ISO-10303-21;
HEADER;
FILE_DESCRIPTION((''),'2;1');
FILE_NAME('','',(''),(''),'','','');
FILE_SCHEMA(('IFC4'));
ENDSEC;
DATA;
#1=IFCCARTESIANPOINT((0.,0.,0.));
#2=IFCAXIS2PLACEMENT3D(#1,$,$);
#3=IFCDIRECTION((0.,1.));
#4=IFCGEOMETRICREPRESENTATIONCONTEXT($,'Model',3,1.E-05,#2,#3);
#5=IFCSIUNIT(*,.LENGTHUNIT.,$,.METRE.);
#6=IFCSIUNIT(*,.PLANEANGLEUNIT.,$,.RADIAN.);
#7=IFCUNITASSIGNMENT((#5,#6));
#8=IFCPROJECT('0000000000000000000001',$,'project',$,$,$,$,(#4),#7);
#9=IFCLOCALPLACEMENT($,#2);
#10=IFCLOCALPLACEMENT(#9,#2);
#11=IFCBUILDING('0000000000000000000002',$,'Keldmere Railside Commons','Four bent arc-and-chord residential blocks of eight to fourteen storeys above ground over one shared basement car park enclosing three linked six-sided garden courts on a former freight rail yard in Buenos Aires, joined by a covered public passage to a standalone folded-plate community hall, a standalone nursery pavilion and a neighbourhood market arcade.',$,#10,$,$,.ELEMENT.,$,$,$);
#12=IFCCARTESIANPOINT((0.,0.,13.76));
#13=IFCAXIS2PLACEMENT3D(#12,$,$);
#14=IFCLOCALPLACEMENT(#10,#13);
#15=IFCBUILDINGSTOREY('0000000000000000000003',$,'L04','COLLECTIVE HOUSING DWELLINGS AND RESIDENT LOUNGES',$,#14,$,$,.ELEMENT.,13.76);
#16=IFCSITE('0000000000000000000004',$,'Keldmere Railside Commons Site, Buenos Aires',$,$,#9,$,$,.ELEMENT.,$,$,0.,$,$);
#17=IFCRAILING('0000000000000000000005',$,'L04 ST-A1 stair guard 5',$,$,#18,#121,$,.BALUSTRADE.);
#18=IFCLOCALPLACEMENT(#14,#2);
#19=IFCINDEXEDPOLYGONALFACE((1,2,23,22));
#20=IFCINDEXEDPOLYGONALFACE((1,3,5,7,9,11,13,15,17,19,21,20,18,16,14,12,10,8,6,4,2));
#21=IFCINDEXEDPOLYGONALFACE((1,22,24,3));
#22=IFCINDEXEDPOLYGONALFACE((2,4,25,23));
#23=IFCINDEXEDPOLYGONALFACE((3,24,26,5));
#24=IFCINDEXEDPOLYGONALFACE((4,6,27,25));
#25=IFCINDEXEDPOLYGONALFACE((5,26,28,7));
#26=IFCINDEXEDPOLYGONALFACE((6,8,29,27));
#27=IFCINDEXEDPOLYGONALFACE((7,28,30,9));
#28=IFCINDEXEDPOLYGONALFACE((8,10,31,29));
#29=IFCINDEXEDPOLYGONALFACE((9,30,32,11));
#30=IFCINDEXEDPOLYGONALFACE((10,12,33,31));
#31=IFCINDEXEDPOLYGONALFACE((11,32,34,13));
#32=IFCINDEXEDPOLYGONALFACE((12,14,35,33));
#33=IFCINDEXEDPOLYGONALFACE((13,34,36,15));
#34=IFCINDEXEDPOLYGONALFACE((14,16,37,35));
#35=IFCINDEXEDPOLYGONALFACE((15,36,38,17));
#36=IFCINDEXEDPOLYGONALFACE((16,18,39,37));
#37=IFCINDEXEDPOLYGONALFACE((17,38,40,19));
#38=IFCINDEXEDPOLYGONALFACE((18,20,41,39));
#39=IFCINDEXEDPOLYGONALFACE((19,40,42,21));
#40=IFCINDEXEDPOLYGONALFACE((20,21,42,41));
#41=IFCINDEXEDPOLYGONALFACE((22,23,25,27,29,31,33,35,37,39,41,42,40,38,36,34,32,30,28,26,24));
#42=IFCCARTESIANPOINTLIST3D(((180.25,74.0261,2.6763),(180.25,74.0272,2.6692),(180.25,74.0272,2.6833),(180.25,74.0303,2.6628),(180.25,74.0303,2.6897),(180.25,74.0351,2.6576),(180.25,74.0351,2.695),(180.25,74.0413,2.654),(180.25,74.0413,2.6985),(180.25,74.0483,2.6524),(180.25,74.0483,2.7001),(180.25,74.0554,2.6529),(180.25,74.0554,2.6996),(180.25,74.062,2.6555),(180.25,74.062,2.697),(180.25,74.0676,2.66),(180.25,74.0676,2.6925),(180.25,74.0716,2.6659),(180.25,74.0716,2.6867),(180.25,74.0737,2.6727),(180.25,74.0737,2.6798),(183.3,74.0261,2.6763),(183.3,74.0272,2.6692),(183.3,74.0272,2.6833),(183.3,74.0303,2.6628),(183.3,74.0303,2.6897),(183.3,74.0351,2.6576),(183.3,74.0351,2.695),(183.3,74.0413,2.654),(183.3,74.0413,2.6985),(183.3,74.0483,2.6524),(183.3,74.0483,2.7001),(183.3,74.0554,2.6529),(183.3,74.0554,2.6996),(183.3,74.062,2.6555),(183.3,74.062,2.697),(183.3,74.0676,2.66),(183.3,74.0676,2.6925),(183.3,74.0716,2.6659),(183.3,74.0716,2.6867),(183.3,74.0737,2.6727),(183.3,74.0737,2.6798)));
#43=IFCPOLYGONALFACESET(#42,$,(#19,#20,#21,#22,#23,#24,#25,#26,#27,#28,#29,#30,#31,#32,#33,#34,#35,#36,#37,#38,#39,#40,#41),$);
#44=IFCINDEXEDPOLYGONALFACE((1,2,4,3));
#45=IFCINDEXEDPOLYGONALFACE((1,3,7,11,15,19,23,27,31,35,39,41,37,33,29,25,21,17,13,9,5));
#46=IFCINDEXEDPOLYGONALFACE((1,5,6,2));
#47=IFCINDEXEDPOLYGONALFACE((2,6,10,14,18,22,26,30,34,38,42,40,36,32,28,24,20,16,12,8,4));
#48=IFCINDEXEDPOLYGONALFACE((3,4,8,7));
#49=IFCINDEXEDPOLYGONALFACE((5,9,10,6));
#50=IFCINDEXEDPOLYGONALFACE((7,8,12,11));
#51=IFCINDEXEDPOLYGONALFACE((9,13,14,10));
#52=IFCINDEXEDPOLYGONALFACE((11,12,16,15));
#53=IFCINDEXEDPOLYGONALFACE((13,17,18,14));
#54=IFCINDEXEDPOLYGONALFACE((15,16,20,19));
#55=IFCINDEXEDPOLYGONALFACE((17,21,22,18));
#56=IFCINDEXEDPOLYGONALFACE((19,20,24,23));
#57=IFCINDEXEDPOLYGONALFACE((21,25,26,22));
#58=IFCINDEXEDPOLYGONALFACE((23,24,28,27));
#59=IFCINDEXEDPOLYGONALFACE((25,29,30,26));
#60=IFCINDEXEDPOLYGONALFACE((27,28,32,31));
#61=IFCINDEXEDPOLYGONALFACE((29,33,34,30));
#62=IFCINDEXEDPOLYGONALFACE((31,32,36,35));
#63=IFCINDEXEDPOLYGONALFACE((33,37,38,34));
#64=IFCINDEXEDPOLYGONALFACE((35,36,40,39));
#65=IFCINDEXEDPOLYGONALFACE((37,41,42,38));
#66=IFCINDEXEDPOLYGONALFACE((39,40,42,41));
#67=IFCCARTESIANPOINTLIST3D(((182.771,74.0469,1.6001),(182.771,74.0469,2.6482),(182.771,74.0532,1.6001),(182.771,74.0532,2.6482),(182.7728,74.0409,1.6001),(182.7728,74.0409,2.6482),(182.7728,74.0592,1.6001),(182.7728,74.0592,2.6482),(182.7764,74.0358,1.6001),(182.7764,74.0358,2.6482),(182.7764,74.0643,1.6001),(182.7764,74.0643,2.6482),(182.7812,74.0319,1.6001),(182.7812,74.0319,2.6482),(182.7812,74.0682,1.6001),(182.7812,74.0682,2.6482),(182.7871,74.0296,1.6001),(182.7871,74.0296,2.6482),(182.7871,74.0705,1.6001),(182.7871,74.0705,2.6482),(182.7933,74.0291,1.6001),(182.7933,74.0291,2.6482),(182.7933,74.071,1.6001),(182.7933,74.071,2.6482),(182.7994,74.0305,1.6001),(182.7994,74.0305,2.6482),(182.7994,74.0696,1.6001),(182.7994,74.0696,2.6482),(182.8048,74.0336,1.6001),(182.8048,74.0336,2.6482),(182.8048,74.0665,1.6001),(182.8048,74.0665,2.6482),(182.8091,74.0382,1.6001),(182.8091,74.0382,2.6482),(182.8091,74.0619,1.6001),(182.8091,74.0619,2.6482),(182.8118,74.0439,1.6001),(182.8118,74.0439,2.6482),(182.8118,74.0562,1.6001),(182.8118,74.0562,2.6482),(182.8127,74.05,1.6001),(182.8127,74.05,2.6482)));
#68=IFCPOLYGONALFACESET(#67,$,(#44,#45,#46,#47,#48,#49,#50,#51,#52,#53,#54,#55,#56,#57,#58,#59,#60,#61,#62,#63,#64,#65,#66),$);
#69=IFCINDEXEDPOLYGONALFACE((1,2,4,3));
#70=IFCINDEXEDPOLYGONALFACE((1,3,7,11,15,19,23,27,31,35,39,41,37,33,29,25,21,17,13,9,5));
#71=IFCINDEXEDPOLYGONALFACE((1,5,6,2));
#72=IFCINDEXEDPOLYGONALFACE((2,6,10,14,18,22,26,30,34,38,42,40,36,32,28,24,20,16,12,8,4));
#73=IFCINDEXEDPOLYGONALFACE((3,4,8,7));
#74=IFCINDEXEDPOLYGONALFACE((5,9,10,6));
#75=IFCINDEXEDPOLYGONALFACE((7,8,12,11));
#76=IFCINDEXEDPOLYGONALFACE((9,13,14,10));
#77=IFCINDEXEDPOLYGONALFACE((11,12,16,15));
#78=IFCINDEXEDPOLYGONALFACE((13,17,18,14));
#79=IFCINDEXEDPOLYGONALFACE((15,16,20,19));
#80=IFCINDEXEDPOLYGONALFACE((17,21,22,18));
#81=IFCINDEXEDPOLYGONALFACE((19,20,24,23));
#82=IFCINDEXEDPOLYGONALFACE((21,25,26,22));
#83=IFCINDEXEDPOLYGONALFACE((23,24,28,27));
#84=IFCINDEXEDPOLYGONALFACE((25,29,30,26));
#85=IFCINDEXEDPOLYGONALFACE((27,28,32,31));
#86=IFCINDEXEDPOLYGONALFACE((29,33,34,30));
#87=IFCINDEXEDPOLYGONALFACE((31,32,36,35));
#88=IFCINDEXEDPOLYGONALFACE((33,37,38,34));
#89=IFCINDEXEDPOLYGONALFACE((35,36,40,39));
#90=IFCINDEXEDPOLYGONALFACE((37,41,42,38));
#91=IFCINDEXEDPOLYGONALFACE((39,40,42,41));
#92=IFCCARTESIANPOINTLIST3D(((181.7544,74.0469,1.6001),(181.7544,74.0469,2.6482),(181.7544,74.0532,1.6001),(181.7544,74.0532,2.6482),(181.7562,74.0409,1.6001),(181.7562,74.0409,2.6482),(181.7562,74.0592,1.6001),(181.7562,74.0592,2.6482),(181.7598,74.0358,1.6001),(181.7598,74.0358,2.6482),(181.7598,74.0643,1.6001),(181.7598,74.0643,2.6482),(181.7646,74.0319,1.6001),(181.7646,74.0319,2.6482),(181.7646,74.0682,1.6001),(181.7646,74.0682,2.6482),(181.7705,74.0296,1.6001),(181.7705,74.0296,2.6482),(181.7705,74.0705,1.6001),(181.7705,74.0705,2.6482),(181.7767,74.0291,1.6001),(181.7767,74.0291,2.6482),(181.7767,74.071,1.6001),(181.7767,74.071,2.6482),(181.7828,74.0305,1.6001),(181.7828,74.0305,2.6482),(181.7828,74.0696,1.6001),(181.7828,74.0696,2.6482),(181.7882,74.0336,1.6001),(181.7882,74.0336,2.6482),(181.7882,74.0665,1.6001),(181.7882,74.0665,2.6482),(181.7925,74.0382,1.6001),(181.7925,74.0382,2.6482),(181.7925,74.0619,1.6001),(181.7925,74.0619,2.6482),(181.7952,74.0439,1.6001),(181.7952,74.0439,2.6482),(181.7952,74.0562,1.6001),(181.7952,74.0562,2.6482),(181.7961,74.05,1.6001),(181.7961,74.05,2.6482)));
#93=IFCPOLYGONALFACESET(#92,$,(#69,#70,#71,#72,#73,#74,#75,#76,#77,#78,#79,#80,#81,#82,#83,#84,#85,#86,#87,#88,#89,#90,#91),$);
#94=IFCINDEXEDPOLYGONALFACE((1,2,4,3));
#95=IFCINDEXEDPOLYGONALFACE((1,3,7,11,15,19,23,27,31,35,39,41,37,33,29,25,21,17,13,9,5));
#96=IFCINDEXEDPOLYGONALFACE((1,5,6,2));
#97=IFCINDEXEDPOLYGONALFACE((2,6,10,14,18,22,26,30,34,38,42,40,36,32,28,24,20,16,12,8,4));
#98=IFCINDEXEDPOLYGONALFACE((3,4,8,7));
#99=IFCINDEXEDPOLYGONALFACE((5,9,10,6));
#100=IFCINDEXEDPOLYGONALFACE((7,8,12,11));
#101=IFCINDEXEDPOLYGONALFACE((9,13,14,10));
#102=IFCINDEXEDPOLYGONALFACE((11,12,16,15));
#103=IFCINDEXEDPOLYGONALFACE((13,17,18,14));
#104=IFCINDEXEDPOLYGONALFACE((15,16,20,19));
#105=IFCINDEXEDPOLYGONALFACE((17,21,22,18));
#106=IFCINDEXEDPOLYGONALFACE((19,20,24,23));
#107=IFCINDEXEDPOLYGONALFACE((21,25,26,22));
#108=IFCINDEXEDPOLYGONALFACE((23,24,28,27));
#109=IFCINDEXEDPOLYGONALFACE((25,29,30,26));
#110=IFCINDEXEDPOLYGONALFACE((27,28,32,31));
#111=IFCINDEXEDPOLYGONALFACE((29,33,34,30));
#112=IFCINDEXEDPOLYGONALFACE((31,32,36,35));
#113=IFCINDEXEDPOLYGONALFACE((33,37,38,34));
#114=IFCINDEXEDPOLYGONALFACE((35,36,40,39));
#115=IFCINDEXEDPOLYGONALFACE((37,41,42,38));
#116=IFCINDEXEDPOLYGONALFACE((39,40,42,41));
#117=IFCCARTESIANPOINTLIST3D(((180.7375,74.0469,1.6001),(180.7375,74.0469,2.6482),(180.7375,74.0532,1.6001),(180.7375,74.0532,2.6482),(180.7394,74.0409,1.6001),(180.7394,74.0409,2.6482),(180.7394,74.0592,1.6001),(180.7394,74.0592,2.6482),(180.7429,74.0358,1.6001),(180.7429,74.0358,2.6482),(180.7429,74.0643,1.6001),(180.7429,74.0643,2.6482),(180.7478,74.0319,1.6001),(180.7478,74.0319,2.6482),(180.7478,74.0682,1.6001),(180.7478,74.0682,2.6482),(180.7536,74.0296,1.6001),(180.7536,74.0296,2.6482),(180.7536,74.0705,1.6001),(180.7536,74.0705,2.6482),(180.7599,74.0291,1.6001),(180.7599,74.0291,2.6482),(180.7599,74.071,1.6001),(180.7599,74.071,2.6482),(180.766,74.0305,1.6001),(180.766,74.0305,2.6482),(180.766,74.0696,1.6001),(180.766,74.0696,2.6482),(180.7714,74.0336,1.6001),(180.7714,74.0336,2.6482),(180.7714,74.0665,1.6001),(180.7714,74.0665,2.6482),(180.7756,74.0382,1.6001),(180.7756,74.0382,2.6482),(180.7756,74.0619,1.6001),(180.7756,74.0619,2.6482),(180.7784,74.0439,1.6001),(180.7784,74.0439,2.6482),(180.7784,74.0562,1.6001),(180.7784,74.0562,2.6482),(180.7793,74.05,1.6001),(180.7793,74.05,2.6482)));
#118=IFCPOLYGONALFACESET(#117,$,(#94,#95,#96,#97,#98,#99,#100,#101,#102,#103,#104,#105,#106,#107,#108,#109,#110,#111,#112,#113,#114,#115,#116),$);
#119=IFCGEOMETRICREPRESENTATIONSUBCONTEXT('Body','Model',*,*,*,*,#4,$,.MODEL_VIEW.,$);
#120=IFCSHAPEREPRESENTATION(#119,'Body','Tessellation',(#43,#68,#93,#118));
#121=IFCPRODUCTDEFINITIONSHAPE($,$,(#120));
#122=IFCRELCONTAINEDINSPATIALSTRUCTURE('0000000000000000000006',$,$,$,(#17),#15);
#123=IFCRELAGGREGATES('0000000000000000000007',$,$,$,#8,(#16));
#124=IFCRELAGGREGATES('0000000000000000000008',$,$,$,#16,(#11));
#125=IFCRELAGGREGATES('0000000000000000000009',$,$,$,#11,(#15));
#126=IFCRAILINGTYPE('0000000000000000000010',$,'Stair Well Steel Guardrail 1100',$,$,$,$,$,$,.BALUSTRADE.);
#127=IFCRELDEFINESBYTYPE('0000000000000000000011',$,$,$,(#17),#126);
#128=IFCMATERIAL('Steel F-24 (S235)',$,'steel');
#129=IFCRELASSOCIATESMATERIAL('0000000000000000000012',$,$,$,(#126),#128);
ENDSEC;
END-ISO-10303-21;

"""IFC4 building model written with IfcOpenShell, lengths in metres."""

from ifc_helpers import new_model, si_unit, direction, frame, origin, origin_2d, place, context, subcontext, project, spatial, circle, extrude, material, type_object, element, save


model = new_model("IFC4")

# Units and contexts
model_context = context("Model", 3, precision=1e-05, world=origin(), true_north=direction((0.0, 1.0)))
body_context = subcontext(model_context, "Body", "Model", "MODEL_VIEW")
ifc_project = project(units=[si_unit("LENGTHUNIT", "METRE"), si_unit("PLANEANGLEUNIT", "RADIAN")], contexts=[model_context])

# Site, building, storey
site_placement = place(None, origin())
site = spatial("IfcSite", under=ifc_project, at=site_placement, Name="Keldmere Railside Commons Site, Buenos Aires", CompositionType="ELEMENT", RefElevation=0.0)
building_placement = place(site_placement, origin())
building = spatial("IfcBuilding", under=site, at=building_placement, Name="Keldmere Railside Commons", Description="Four bent arc-and-chord residential blocks of eight to fourteen storeys above ground over one shared basement car park enclosing three linked six-sided garden courts on a former freight rail yard in Buenos Aires, joined by a covered public passage to a standalone folded-plate community hall, a standalone nursery pavilion and a neighbourhood market arcade.", CompositionType="ELEMENT")
storey_placement = place(building_placement, frame((0.0, 0.0, 13.76)))
storey = spatial("IfcBuildingStorey", under=building, at=storey_placement, Name="L04", Description="COLLECTIVE HOUSING DWELLINGS AND RESIDENT LOUNGES", CompositionType="ELEMENT", Elevation=13.76)

# Shared definitions
ifc_material_1 = material(Name="Steel F-24 (S235)", Category="steel")

# Railing
railing_type_1 = type_object("IfcRailingType", Name="Stair Well Steel Guardrail 1100", PredefinedType="BALUSTRADE", material=ifc_material_1)
railing_1_placement = place(storey_placement, frame((183.3, 74.05, 1.6001)))
element("IfcRailing", 1, at=railing_1_placement, inside=storey, type_object=railing_type_1, Name="L04 ST-A1 stair guard 5", PredefinedType="BALUSTRADE", context=body_context, shape_type="SweptSolid", body=[
    extrude(circle(Radius=0.0239, at=origin_2d()), frame((0.0, 0.0, 1.0762), z_axis=(-1.0, 0.0, 0.0), x_axis=(0.0, -1.0, 0.0)), (0.0, 0.0, 1.0), 3.05),
    extrude(circle(Radius=0.021, at=origin_2d()), frame((-0.5083, 0.0, 0.0)), (0.0, 0.0, 1.0), 1.0481),
    extrude(circle(Radius=0.021, at=origin_2d()), frame((-1.5249, 0.0, 0.0)), (0.0, 0.0, 1.0), 1.0481),
    extrude(circle(Radius=0.021, at=origin_2d()), frame((-2.5417, 0.0, 0.0)), (0.0, 0.0, 1.0), 1.0481),
])

save(model, "model.ifc")
